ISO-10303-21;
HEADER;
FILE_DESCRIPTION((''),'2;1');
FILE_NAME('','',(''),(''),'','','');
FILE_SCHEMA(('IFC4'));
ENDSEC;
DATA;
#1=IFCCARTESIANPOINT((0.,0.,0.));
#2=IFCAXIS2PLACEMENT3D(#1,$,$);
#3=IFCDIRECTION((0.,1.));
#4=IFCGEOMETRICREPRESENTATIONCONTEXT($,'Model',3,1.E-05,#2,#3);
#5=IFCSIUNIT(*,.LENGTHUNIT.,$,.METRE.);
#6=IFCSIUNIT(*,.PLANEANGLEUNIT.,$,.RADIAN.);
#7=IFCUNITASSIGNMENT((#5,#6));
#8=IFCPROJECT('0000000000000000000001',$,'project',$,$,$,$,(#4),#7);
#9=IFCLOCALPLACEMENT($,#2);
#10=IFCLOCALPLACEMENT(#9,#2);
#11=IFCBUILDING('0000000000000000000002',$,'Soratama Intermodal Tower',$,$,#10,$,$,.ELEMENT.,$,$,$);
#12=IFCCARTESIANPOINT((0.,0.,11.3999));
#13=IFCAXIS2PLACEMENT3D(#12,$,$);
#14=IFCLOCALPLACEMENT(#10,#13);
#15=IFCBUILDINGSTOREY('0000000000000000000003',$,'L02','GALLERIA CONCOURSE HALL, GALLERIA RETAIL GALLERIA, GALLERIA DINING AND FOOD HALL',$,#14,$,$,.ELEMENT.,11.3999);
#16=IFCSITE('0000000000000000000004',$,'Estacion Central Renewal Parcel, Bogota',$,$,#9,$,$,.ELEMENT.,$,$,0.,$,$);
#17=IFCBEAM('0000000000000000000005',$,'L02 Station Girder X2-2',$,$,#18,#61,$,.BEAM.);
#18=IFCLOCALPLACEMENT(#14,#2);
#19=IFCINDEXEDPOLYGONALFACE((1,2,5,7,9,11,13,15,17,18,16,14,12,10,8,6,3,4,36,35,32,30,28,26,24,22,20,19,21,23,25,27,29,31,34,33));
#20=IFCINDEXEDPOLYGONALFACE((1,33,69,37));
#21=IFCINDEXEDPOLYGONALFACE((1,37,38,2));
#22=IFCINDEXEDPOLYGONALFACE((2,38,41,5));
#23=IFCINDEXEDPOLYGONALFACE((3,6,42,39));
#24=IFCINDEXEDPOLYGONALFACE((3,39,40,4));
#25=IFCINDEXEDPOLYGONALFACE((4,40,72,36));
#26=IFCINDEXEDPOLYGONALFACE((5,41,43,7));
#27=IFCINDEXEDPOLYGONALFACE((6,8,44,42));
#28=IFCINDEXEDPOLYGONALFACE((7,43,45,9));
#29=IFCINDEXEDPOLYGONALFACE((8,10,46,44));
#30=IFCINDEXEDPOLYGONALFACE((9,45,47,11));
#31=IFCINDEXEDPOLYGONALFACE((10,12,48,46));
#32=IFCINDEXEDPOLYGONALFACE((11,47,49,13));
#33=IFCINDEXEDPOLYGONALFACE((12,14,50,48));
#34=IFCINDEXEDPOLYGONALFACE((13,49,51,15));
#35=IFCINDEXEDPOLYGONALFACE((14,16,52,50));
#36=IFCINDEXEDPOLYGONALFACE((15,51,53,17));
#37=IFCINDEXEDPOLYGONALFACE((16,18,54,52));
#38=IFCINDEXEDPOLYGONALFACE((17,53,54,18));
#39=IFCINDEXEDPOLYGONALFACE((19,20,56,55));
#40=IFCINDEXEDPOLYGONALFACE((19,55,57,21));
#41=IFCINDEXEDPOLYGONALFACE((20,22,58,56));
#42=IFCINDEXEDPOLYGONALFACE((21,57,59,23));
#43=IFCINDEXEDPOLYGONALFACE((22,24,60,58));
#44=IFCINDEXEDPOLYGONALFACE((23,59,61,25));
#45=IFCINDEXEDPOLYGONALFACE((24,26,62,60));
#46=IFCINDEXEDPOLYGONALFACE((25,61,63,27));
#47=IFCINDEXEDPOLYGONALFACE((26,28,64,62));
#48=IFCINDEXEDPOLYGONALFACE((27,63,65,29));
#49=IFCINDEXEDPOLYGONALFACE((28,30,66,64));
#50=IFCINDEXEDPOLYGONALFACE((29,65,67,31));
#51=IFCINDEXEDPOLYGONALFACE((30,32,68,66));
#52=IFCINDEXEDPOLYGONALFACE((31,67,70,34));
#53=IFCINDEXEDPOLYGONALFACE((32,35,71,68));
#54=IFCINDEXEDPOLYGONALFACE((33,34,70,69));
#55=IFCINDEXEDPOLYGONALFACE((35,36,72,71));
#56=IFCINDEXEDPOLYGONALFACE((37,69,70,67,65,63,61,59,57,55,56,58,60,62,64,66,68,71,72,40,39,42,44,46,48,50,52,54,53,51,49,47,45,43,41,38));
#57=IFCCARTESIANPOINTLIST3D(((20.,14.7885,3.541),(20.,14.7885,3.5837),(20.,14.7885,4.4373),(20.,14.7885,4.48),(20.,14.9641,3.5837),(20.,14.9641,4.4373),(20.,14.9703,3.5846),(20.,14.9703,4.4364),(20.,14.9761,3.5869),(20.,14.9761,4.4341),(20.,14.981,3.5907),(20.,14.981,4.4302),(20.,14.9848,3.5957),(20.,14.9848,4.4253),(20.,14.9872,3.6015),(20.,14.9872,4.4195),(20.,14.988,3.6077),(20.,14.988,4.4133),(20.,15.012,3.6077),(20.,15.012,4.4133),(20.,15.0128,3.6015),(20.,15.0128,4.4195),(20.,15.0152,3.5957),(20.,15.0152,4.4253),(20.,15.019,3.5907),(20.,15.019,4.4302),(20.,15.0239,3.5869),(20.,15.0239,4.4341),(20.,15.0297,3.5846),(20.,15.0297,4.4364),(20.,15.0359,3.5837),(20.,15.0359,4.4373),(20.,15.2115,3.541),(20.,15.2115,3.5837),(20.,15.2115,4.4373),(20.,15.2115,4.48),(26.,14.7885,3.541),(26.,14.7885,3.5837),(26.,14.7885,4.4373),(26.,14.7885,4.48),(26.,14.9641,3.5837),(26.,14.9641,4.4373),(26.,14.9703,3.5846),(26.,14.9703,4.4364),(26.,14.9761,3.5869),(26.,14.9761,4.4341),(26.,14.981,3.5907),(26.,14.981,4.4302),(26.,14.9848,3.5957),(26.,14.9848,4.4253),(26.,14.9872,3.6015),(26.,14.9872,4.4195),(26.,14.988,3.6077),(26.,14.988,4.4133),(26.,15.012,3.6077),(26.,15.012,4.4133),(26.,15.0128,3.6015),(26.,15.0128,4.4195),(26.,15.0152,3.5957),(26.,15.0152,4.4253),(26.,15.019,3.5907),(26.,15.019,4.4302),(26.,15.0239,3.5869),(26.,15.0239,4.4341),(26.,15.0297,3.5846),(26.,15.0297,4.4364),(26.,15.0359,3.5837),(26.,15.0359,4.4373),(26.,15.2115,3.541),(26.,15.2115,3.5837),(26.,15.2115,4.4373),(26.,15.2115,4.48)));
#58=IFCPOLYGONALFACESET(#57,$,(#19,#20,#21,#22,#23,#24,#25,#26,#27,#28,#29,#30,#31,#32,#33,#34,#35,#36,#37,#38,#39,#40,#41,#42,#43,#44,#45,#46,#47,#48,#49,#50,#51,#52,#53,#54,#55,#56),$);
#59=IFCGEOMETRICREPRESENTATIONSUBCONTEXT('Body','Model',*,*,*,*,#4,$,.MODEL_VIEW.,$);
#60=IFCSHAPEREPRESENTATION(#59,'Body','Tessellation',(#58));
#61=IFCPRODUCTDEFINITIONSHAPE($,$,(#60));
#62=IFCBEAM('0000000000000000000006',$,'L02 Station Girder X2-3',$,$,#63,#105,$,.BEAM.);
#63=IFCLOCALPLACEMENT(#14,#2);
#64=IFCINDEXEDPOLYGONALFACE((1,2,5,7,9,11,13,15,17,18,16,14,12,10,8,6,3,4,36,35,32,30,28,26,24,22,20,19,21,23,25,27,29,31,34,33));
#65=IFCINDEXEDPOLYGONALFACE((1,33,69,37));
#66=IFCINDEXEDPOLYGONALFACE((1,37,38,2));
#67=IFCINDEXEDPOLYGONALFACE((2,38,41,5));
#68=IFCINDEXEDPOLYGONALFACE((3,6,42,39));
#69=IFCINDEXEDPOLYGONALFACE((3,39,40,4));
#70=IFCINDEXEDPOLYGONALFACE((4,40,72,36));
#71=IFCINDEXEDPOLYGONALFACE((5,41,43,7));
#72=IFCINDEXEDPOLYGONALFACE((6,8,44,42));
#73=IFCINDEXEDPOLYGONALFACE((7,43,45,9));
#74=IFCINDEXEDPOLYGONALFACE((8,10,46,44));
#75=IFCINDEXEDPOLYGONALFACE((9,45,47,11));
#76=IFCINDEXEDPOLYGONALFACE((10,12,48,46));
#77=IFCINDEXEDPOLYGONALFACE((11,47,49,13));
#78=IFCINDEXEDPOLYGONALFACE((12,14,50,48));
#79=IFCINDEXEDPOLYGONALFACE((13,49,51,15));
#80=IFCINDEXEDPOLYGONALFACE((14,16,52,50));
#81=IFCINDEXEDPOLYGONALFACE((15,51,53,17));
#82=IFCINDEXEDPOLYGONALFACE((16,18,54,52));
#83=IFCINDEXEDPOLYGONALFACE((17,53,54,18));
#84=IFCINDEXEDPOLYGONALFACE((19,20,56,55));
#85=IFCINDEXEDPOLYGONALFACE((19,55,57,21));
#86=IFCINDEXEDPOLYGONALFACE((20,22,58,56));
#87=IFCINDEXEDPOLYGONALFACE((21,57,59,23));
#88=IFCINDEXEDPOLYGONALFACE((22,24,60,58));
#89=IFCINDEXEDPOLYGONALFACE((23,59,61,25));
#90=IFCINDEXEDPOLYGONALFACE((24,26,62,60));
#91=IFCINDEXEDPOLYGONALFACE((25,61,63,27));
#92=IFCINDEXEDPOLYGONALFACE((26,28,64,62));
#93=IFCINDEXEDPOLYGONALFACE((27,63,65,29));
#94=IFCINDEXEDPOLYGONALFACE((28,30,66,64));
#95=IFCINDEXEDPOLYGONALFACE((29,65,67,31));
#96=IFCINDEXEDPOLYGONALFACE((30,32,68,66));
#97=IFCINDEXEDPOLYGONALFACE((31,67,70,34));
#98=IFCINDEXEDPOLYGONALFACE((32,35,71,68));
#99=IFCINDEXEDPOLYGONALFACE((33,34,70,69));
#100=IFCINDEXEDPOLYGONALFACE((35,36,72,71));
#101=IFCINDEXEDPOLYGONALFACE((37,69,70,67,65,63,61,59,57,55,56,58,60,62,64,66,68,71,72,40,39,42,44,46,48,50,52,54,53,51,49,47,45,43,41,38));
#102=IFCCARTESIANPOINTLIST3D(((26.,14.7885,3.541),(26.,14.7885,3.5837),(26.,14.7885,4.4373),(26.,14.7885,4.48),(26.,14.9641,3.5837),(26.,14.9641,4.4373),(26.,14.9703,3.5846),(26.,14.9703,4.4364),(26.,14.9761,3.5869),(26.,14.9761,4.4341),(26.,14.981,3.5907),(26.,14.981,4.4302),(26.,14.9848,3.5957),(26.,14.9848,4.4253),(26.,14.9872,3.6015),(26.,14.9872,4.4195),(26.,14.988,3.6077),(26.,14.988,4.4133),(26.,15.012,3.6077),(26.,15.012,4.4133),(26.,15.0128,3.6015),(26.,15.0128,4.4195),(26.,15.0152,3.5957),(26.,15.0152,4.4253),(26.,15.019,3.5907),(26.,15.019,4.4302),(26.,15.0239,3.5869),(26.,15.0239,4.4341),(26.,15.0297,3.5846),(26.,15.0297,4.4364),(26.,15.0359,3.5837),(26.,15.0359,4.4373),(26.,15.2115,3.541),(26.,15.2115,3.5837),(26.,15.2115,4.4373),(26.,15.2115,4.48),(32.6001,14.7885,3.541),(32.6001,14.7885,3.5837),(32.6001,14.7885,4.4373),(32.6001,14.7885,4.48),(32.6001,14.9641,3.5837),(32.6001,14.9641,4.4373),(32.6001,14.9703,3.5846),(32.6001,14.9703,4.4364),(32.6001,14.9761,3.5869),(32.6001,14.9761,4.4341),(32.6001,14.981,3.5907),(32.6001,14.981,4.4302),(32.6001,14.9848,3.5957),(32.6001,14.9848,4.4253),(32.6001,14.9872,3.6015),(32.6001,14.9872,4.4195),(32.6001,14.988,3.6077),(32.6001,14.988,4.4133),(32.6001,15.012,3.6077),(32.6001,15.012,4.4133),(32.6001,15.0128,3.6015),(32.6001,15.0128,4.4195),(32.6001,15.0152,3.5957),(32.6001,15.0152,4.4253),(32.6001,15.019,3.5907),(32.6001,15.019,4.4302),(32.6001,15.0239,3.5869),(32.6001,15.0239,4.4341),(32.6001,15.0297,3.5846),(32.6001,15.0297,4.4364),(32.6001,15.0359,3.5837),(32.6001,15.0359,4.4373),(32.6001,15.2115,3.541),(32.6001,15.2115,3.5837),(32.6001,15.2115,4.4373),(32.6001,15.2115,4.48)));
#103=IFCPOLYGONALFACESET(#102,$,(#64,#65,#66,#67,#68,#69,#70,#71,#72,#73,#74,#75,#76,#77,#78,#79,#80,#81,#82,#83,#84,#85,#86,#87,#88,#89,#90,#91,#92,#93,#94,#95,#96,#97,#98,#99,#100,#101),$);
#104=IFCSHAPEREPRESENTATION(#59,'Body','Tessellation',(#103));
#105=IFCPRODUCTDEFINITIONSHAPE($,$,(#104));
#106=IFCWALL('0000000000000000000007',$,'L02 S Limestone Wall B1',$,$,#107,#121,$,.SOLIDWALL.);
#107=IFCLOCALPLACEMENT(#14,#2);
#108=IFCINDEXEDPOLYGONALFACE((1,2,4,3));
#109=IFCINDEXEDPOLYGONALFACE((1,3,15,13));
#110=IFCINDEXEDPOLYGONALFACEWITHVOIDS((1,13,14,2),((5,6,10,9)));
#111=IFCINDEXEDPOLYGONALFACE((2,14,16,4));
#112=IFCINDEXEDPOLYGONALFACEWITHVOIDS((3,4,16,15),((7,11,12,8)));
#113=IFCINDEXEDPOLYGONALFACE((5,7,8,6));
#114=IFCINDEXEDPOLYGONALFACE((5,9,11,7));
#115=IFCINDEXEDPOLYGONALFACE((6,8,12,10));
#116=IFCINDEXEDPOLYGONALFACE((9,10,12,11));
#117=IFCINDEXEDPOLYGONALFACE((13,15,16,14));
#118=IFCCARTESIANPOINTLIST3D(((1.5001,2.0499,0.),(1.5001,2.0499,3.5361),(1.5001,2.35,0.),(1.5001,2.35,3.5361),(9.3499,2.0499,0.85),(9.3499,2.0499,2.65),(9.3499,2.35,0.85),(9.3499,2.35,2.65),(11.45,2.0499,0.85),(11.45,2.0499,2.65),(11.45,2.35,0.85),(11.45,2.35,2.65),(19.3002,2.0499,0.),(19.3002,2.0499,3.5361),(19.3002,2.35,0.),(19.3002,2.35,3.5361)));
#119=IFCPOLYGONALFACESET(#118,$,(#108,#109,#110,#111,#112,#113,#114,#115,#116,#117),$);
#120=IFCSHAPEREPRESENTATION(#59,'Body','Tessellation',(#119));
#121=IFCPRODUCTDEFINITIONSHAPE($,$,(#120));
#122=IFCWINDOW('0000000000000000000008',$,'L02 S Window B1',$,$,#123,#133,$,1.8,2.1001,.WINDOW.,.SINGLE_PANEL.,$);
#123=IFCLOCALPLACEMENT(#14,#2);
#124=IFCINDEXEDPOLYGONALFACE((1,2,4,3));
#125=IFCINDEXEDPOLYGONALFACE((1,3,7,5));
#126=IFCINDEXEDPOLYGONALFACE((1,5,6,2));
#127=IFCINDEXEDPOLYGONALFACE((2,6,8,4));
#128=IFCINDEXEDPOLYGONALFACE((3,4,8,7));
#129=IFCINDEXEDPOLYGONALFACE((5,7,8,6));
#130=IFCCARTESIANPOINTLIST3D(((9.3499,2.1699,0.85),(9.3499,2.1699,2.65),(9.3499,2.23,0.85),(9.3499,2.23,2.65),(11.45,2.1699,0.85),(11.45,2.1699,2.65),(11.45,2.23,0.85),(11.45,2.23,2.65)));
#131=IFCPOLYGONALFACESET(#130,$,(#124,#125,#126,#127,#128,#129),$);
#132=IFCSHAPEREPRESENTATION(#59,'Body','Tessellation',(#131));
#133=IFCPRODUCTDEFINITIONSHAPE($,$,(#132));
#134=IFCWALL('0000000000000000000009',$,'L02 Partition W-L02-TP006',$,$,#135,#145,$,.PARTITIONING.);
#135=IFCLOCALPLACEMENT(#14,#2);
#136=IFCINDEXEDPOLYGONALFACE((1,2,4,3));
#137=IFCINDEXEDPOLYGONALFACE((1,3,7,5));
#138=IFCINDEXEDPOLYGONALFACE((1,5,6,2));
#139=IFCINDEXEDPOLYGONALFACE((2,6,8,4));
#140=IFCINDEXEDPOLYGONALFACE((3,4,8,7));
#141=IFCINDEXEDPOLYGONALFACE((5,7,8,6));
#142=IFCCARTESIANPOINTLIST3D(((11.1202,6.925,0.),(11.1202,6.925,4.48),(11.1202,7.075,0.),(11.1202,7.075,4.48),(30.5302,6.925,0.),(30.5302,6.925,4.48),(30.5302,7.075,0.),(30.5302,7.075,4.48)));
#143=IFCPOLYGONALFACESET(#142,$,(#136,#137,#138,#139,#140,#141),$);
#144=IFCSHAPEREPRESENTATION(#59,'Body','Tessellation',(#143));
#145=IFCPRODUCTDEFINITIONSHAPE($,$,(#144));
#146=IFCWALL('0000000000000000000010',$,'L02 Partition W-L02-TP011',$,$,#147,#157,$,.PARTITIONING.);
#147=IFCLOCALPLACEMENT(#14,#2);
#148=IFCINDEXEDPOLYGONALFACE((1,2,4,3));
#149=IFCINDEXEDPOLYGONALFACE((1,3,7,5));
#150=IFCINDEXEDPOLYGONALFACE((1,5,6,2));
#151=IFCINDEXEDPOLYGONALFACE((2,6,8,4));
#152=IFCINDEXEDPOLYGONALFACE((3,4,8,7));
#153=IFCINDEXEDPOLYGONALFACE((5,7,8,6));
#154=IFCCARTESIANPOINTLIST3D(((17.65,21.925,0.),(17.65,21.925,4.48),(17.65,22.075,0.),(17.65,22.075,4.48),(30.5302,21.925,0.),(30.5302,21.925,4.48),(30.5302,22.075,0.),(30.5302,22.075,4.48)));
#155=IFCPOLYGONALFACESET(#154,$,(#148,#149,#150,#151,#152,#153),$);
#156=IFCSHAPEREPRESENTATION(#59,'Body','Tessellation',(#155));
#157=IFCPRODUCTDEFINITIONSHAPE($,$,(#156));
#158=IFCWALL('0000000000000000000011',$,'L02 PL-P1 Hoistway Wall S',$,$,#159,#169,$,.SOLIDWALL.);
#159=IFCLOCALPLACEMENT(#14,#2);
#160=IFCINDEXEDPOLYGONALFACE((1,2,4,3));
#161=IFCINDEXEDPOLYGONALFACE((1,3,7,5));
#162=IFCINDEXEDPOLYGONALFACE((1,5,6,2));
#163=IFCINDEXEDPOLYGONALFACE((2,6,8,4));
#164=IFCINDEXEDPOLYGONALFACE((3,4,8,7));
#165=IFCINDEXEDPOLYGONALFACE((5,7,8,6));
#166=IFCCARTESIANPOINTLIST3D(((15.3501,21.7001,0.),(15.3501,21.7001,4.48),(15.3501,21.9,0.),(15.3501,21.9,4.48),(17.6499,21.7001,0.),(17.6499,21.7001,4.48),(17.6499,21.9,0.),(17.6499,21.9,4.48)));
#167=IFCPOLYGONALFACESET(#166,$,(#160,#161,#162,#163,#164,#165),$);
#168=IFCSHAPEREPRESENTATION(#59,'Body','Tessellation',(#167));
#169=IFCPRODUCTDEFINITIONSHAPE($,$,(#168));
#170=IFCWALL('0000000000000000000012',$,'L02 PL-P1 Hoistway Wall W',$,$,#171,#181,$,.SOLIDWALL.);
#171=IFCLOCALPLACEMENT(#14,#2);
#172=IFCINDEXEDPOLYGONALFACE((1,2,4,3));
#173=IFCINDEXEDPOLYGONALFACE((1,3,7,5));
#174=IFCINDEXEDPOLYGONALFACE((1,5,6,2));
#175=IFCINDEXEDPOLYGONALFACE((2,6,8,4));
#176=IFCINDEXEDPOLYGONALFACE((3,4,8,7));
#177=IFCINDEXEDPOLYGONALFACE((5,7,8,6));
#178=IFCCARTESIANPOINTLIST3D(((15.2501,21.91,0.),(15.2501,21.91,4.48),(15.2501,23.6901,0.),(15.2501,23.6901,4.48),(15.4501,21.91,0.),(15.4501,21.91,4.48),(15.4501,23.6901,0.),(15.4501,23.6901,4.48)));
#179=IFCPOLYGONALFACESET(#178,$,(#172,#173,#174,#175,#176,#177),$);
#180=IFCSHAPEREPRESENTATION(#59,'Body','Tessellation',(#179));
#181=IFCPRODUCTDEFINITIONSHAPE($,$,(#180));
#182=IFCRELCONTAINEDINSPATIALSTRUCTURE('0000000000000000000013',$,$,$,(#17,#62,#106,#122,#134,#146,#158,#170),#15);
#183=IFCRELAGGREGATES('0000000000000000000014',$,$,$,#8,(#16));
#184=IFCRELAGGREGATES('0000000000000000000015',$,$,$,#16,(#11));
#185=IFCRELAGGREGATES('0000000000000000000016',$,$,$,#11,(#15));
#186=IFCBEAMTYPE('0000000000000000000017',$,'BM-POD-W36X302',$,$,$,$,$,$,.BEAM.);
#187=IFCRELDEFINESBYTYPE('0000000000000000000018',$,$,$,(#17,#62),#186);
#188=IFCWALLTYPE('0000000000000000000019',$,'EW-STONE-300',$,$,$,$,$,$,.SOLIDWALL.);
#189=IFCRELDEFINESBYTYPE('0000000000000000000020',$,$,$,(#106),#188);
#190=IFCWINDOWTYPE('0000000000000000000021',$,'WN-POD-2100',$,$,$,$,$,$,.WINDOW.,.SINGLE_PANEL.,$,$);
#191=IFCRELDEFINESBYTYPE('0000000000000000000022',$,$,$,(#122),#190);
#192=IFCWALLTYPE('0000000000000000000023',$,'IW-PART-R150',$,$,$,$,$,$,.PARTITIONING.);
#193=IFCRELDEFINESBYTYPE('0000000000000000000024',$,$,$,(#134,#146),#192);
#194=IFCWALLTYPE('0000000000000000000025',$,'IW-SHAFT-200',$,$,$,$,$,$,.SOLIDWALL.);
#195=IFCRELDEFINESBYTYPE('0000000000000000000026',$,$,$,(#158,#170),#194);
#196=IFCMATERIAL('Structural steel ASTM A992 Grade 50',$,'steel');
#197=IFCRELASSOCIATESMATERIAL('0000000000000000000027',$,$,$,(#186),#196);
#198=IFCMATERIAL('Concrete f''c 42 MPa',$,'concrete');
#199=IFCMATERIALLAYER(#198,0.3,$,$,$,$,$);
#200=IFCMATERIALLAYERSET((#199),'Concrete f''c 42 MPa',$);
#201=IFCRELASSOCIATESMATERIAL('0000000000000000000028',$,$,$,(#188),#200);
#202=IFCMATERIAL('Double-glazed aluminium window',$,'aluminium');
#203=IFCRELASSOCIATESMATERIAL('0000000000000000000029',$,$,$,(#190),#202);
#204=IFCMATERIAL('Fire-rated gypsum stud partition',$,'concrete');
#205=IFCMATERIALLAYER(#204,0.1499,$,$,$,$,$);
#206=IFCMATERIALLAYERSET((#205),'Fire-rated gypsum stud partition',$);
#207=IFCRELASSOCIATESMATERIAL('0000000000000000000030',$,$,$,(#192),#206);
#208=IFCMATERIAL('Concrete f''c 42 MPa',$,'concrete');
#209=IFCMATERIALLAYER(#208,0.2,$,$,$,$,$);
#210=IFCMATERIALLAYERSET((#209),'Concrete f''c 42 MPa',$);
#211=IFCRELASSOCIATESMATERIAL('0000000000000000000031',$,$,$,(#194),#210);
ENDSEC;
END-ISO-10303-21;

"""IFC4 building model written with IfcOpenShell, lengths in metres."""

from ifc_helpers import new_model, si_unit, direction, frame, frame_2d, origin, origin_2d, place, context, subcontext, project, spatial, rectangle, i_section, extrude, material, layer, layer_set, material_profile, profile_set, type_object, element, fill, save


model = new_model("IFC4")

# Units and contexts
model_context = context("Model", 3, precision=1e-05, world=origin(), true_north=direction((0.0, 1.0)))
body_context = subcontext(model_context, "Body", "Model", "MODEL_VIEW")
ifc_project = project(units=[si_unit("LENGTHUNIT", "METRE"), si_unit("PLANEANGLEUNIT", "RADIAN")], contexts=[model_context])

# Site, building, storey
site_placement = place(None, origin())
site = spatial("IfcSite", under=ifc_project, at=site_placement, Name="Estacion Central Renewal Parcel, Bogota", CompositionType="ELEMENT", RefElevation=0.0)
building_placement = place(site_placement, origin())
building = spatial("IfcBuilding", under=site, at=building_placement, Name="Soratama Intermodal Tower", CompositionType="ELEMENT")
storey_placement = place(building_placement, frame((0.0, 0.0, 11.3999)))
storey = spatial("IfcBuildingStorey", under=building, at=storey_placement, Name="L02", Description="GALLERIA CONCOURSE HALL, GALLERIA RETAIL GALLERIA, GALLERIA DINING AND FOOD HALL", CompositionType="ELEMENT", Elevation=11.3999)

# Beams
ifc_material_1 = material(Name="Structural steel ASTM A992 Grade 50", Category="steel")
ifc_material_profile_1 = material_profile(ifc_material_1, i_section(OverallWidth=0.4231, OverallDepth=0.939, WebThickness=0.0239, FlangeThickness=0.0427, FilletRadius=0.0239, at=origin_2d()), Name="W36X302")
ifc_profile_set_1 = profile_set([ifc_material_profile_1], Name="Structural steel ASTM A992 Grade 50")
beam_type_1 = type_object("IfcBeamType", Name="BM-POD-W36X302", PredefinedType="BEAM", material=ifc_profile_set_1)
beam_1_placement = place(storey_placement, frame((20.0, 15.0, 4.0105), z_axis=(1.0, 0.0, 0.0), x_axis=(0.0, 1.0, 0.0)))
element("IfcBeam", 1, at=beam_1_placement, inside=storey, type_object=beam_type_1, Name="L02 Station Girder X2-2", PredefinedType="BEAM", context=body_context, shape_type="SweptSolid", body=[
    extrude(i_section(OverallWidth=0.4231, OverallDepth=0.939, WebThickness=0.0239, FlangeThickness=0.0427, FilletRadius=0.0239, at=origin_2d()), origin(), (0.0, 0.0, 1.0), 6.0),
])
beam_2_placement = place(storey_placement, frame((26.0, 15.0, 4.0105), z_axis=(1.0, 0.0, 0.0), x_axis=(0.0, 1.0, 0.0)))
element("IfcBeam", 2, at=beam_2_placement, inside=storey, type_object=beam_type_1, Name="L02 Station Girder X2-3", PredefinedType="BEAM", context=body_context, shape_type="SweptSolid", body=[
    extrude(i_section(OverallWidth=0.4231, OverallDepth=0.939, WebThickness=0.0239, FlangeThickness=0.0427, FilletRadius=0.0239, at=origin_2d()), origin(), (0.0, 0.0, 1.0), 6.6001),
])

# Wall, opening, window
ifc_material_2 = material(Name="Concrete f'c 42 MPa", Category="concrete")
ifc_layer_1 = layer(ifc_material_2, 0.3)
ifc_layer_set_1 = layer_set([ifc_layer_1], Name="Concrete f'c 42 MPa")
wall_type_1 = type_object("IfcWallType", Name="EW-STONE-300", PredefinedType="SOLIDWALL", material=ifc_layer_set_1)
wall_1_placement = place(storey_placement, frame((19.3, 2.2, 0.0), z_axis=(0.0, 0.0, 1.0), x_axis=(-1.0, 0.0, 0.0)))
wall_1 = element("IfcWall", 3, at=wall_1_placement, inside=storey, type_object=wall_type_1, Name="L02 S Limestone Wall B1", PredefinedType="SOLIDWALL", context=body_context, shape_type="SweptSolid", body=[
    extrude(rectangle(XDim=17.8, YDim=0.3, at=frame_2d((8.8999, 0.0))), origin(), (0.0, 0.0, 1.0), 3.5361),
])
opening_1_placement = place(wall_1_placement, frame((7.8501, 0.0, 0.8501)))
opening_1 = element("IfcOpeningElement", 4, at=opening_1_placement, cuts=wall_1, PredefinedType="OPENING", context=body_context, shape_type="SweptSolid", body=[
    extrude(rectangle(XDim=2.1001, YDim=1.8, at=frame_2d((1.05, 0.8999))), frame((0.0, 0.1599, 0.0), z_axis=(0.0, -1.0, 0.0), x_axis=(1.0, 0.0, 0.0)), (0.0, 0.0, 1.0), 0.3201),
])
ifc_material_3 = material(Name="Double-glazed aluminium window", Category="aluminium")
window_type = type_object("IfcWindowType", Name="WN-POD-2100", PartitioningType="SINGLE_PANEL", PredefinedType="WINDOW", material=ifc_material_3)
window_placement = place(opening_1_placement, origin())
window = element("IfcWindow", 5, at=window_placement, inside=storey, type_object=window_type, Name="L02 S Window B1", OverallHeight=1.8, OverallWidth=2.1001, PartitioningType="SINGLE_PANEL", PredefinedType="WINDOW", context=body_context, shape_type="SweptSolid", body=[
    extrude(rectangle(XDim=2.1001, YDim=1.8, at=frame_2d((1.05, 0.8999))), frame((0.0, 0.03, 0.0), z_axis=(0.0, -1.0, 0.0), x_axis=(1.0, 0.0, 0.0)), (0.0, 0.0, 1.0), 0.0601),
])
fill(opening_1, window)

# Walls
ifc_material_4 = material(Name="Fire-rated gypsum stud partition", Category="concrete")
ifc_layer_2 = layer(ifc_material_4, 0.1499)
ifc_layer_set_2 = layer_set([ifc_layer_2], Name="Fire-rated gypsum stud partition")
wall_type_2 = type_object("IfcWallType", Name="IW-PART-R150", PredefinedType="PARTITIONING", material=ifc_layer_set_2)
wall_2_placement = place(storey_placement, frame((11.1201, 7.0, 0.0), z_axis=(0.0, 0.0, 1.0), x_axis=(1.0, 0.0, 0.0)))
element("IfcWall", 6, at=wall_2_placement, inside=storey, type_object=wall_type_2, Name="L02 Partition W-L02-TP006", PredefinedType="PARTITIONING", context=body_context, shape_type="SweptSolid", body=[
    extrude(rectangle(XDim=19.4099, YDim=0.1499, at=frame_2d((9.7051, 0.0))), origin(), (0.0, 0.0, 1.0), 4.48),
])
wall_3_placement = place(storey_placement, frame((30.53, 22.0, 0.0), z_axis=(0.0, 0.0, 1.0), x_axis=(-1.0, 0.0, 0.0)))
element("IfcWall", 7, at=wall_3_placement, inside=storey, type_object=wall_type_2, Name="L02 Partition W-L02-TP011", PredefinedType="PARTITIONING", context=body_context, shape_type="SweptSolid", body=[
    extrude(rectangle(XDim=12.8801, YDim=0.1499, at=frame_2d((6.4399, 0.0))), origin(), (0.0, 0.0, 1.0), 4.48),
])
ifc_material_5 = material(Name="Concrete f'c 42 MPa", Category="concrete")
ifc_layer_3 = layer(ifc_material_5, 0.2)
ifc_layer_set_3 = layer_set([ifc_layer_3], Name="Concrete f'c 42 MPa")
wall_type_3 = type_object("IfcWallType", Name="IW-SHAFT-200", PredefinedType="SOLIDWALL", material=ifc_layer_set_3)
wall_4_placement = place(storey_placement, frame((15.3501, 21.8, 0.0), z_axis=(0.0, 0.0, 1.0), x_axis=(1.0, 0.0, 0.0)))
element("IfcWall", 8, at=wall_4_placement, inside=storey, type_object=wall_type_3, Name="L02 PL-P1 Hoistway Wall S", PredefinedType="SOLIDWALL", context=body_context, shape_type="SweptSolid", body=[
    extrude(rectangle(XDim=2.2998, YDim=0.2, at=frame_2d((1.1499, 0.0))), origin(), (0.0, 0.0, 1.0), 4.48),
])
wall_5_placement = place(storey_placement, frame((15.3501, 21.9099, 0.0), z_axis=(0.0, 0.0, 1.0), x_axis=(0.0, 1.0, 0.0)))
element("IfcWall", 9, at=wall_5_placement, inside=storey, type_object=wall_type_3, Name="L02 PL-P1 Hoistway Wall W", PredefinedType="SOLIDWALL", context=body_context, shape_type="SweptSolid", body=[
    extrude(rectangle(XDim=1.78, YDim=0.2, at=frame_2d((0.8901, 0.0))), origin(), (0.0, 0.0, 1.0), 4.48),
])

save(model, "model.ifc")
